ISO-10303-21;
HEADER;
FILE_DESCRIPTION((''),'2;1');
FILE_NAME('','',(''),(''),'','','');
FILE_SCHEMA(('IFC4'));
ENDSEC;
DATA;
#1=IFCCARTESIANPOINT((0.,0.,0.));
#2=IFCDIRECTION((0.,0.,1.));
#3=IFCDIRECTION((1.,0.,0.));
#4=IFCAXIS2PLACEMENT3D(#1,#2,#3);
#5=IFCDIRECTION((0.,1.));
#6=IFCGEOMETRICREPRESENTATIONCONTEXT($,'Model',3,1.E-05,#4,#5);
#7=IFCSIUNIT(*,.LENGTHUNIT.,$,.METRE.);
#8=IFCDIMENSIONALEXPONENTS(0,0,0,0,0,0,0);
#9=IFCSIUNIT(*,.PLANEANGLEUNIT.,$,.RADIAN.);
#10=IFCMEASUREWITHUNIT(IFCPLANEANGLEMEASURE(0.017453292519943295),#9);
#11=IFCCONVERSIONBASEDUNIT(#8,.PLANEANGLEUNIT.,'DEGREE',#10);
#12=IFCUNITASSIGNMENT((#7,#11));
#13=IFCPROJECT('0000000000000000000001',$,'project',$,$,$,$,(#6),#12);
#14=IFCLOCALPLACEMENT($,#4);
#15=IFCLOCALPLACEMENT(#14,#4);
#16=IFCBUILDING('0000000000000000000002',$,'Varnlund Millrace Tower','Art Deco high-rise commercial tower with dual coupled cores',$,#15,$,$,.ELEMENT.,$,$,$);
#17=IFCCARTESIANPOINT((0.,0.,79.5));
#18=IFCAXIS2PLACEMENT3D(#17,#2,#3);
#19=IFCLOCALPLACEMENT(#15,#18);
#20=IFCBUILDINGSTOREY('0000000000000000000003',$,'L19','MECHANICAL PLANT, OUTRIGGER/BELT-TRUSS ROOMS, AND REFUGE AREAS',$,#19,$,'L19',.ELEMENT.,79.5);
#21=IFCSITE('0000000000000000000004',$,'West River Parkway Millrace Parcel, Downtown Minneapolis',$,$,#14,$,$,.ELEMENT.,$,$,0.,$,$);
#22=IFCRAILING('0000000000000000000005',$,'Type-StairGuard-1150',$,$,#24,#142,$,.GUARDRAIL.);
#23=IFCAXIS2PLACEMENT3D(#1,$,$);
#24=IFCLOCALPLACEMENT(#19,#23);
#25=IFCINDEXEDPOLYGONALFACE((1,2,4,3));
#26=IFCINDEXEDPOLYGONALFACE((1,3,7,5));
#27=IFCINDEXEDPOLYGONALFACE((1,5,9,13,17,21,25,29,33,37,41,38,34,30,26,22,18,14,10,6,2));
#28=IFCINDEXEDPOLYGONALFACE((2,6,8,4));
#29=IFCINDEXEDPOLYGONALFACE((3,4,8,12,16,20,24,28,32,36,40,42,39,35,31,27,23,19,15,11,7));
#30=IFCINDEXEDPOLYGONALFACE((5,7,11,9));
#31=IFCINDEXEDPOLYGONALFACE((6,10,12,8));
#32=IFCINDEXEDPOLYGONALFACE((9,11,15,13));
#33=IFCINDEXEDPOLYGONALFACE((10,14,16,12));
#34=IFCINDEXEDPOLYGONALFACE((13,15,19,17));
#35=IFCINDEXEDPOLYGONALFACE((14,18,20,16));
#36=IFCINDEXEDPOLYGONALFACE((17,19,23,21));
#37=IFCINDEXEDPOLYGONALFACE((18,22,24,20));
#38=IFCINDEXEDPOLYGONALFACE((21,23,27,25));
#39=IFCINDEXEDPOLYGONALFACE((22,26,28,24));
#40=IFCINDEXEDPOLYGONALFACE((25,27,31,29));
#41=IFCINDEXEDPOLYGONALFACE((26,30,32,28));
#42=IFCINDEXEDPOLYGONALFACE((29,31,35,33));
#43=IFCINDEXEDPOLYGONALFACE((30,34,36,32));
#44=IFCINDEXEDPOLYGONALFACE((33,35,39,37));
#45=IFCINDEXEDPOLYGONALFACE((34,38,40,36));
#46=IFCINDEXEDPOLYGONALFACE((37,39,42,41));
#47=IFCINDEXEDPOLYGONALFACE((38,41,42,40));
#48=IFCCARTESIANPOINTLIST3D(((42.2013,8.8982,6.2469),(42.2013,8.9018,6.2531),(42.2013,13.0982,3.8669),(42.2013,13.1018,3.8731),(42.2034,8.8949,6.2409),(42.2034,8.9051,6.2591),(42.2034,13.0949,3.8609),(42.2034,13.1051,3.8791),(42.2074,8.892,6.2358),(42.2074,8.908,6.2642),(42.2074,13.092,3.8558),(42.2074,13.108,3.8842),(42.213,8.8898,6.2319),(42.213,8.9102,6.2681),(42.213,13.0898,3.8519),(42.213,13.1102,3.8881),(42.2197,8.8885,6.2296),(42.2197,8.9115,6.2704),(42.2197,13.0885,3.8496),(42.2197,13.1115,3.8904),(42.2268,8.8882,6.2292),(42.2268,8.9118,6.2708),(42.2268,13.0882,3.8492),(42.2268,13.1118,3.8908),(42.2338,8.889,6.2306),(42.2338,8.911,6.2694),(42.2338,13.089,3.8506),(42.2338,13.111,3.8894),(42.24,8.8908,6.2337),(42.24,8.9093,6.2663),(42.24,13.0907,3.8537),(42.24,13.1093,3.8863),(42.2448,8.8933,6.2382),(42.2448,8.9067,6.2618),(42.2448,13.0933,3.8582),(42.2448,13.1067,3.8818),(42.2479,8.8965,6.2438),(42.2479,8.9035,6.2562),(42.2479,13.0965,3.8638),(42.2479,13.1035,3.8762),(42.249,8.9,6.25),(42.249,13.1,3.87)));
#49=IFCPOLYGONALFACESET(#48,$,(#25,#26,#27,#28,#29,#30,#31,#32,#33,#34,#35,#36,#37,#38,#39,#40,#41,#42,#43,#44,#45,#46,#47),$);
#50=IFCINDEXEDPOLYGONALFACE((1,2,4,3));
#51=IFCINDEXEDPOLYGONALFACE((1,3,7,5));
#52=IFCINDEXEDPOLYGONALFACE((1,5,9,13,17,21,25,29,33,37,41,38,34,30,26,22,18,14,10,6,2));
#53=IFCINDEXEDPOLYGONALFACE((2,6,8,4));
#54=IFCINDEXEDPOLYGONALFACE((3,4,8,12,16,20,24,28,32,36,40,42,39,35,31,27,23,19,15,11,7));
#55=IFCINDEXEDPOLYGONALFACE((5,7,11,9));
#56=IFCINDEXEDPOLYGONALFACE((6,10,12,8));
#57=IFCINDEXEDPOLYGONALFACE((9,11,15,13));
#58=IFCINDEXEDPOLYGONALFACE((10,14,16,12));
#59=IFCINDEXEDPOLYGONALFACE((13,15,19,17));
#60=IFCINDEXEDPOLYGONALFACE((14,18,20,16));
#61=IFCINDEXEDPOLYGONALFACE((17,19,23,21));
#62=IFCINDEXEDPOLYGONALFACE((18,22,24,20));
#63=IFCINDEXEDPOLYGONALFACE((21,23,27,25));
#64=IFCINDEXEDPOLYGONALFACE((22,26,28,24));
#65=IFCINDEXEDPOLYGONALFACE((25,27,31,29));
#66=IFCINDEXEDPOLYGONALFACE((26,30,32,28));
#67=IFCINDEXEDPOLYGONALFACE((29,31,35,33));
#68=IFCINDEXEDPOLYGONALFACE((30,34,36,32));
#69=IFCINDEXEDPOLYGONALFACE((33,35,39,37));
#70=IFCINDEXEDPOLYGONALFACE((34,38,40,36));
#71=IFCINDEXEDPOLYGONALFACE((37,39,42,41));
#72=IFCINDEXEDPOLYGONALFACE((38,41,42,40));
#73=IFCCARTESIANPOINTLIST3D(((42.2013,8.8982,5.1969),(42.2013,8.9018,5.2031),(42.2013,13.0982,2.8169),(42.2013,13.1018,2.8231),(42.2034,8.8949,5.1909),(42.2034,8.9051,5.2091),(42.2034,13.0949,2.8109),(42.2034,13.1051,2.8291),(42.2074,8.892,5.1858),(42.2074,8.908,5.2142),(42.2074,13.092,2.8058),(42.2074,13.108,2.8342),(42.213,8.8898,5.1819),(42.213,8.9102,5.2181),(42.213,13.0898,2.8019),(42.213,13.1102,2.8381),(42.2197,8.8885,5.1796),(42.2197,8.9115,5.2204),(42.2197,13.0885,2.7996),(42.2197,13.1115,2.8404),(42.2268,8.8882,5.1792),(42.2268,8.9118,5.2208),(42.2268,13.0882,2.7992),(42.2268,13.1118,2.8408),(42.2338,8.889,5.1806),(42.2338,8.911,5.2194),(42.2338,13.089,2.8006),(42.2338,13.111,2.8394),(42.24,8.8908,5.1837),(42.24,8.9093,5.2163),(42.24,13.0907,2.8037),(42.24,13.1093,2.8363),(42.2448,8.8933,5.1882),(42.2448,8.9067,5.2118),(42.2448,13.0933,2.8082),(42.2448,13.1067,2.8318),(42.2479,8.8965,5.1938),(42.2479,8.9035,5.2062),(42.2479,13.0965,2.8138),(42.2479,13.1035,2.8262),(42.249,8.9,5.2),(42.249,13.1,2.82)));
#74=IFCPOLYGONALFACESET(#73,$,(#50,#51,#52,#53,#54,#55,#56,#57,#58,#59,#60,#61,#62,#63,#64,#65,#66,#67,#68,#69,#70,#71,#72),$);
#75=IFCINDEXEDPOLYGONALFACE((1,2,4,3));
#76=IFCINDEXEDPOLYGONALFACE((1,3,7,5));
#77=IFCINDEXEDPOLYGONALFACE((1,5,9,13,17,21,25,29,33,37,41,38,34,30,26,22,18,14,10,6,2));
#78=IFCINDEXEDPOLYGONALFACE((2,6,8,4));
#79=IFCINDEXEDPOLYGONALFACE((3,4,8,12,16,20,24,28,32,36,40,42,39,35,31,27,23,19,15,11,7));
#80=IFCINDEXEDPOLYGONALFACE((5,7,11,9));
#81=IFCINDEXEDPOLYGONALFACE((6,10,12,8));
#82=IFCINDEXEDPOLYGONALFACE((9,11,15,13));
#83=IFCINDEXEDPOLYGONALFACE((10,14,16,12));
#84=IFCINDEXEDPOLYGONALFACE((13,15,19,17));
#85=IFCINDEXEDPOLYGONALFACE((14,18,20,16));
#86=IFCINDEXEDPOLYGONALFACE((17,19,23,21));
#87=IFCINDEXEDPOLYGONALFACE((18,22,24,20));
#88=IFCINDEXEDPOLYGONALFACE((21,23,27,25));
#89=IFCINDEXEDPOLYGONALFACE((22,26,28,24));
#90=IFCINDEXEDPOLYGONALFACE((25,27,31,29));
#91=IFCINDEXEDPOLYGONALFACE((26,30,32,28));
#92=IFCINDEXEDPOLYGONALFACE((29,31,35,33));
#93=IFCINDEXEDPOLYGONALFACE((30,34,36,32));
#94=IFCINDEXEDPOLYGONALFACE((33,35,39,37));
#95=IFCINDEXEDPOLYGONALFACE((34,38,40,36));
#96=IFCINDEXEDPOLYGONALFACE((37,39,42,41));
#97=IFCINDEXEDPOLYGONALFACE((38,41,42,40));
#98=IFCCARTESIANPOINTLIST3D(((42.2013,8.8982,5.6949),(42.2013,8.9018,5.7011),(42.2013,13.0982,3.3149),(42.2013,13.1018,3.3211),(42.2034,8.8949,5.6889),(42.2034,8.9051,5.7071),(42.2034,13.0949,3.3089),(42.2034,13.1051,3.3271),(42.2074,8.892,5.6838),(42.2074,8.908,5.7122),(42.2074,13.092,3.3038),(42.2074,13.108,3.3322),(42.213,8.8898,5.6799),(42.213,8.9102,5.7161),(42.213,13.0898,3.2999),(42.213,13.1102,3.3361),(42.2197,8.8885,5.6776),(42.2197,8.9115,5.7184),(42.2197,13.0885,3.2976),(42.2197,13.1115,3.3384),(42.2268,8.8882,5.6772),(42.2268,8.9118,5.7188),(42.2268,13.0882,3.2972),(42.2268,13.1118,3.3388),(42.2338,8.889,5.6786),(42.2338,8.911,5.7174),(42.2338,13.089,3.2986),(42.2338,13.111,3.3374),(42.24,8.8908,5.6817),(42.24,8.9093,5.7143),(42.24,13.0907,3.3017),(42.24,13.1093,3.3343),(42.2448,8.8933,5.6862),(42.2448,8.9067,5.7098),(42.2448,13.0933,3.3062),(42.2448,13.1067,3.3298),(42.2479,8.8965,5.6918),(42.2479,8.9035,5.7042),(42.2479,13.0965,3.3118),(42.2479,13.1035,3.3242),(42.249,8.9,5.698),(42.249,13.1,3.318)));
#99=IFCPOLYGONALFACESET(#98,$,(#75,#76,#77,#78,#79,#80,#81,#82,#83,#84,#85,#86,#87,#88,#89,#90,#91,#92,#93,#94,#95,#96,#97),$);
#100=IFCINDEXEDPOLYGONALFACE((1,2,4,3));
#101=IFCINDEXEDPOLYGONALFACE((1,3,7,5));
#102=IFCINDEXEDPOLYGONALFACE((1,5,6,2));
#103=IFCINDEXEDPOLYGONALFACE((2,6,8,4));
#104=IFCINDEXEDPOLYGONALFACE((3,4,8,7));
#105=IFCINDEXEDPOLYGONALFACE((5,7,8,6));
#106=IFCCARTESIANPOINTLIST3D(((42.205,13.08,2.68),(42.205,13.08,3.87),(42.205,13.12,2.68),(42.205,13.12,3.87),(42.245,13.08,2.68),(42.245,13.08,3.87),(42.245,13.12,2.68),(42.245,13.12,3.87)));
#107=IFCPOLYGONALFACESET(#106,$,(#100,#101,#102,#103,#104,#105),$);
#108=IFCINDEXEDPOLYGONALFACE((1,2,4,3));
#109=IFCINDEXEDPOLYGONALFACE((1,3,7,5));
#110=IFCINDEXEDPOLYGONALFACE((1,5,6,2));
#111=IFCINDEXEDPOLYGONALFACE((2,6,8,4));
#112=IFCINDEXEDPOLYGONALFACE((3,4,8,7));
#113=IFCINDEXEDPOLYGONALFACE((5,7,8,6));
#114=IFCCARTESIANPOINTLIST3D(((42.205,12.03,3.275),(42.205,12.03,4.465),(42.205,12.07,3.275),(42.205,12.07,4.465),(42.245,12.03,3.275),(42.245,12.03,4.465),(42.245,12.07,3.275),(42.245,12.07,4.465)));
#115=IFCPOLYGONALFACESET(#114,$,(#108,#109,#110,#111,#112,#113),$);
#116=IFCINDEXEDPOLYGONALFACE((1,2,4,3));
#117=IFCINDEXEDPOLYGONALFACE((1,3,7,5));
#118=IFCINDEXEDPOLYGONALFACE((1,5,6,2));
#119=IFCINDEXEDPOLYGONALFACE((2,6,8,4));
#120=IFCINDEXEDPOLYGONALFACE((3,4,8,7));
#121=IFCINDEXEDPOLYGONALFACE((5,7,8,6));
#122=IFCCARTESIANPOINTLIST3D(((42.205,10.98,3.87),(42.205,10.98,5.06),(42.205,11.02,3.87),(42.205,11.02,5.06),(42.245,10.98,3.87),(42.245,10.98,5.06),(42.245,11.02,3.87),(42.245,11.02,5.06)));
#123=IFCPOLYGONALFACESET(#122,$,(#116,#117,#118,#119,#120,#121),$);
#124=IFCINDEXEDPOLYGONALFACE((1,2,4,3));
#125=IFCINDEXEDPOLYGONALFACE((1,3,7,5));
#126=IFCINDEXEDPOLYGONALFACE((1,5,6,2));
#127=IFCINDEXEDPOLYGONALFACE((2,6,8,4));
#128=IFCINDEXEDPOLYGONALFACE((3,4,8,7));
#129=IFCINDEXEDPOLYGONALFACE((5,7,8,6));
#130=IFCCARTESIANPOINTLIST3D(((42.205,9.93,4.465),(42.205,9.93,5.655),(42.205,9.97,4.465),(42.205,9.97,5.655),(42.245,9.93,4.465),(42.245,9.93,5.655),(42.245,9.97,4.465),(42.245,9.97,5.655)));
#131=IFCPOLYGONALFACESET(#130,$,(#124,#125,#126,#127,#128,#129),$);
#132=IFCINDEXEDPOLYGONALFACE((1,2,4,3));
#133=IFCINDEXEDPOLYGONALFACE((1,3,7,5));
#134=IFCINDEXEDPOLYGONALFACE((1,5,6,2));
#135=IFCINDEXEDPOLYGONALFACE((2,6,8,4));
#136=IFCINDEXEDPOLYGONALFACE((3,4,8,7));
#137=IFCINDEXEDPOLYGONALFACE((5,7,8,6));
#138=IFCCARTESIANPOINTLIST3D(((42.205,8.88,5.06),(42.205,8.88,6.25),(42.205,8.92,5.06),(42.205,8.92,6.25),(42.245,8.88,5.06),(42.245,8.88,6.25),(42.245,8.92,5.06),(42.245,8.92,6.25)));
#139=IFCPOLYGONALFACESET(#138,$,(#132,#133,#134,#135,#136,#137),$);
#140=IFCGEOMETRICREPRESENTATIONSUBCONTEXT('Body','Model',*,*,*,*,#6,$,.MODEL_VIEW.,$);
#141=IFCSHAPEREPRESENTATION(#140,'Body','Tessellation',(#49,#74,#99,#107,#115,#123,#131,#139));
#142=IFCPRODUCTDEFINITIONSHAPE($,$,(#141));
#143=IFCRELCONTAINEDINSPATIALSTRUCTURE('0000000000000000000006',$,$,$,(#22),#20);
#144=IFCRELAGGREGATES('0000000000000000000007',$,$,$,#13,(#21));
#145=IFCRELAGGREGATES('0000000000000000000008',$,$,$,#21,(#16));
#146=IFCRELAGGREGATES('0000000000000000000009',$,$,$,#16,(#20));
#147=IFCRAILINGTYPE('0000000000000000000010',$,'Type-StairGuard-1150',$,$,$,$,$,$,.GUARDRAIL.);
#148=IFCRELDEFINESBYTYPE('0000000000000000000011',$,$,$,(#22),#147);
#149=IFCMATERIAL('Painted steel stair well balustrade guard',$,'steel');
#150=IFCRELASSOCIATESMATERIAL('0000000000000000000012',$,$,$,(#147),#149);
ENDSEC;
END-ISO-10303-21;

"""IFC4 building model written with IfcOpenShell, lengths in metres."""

from ifc_helpers import new_model, entity, si_unit, converted_unit, direction, frame, origin_with_axes, origin_2d_with_axis, place, context, subcontext, project, spatial, rectangle, circle, extrude, material, type_object, element, save


model = new_model("IFC4")

# Units and contexts
model_context = context("Model", 3, precision=1e-05, world=origin_with_axes(), true_north=direction((0.0, 1.0)))
body_context = subcontext(model_context, "Body", "Model", "MODEL_VIEW")
ifc_project = project(units=[si_unit("LENGTHUNIT", "METRE"), converted_unit("PLANEANGLEUNIT", "DEGREE", entity("IfcPlaneAngleMeasure", 0.017453292519943295), si_unit("PLANEANGLEUNIT", "RADIAN"), dimensions=[0, 0, 0, 0, 0, 0, 0])], contexts=[model_context])

# Site, building, storey
site_placement = place(None, origin_with_axes())
site = spatial("IfcSite", under=ifc_project, at=site_placement, Name="West River Parkway Millrace Parcel, Downtown Minneapolis", CompositionType="ELEMENT", RefElevation=0.0)
building_placement = place(site_placement, origin_with_axes())
building = spatial("IfcBuilding", under=site, at=building_placement, Name="Varnlund Millrace Tower", Description="Art Deco high-rise commercial tower with dual coupled cores", CompositionType="ELEMENT")
storey_placement = place(building_placement, frame((0.0, 0.0, 79.5), z_axis=(0.0, 0.0, 1.0), x_axis=(1.0, 0.0, 0.0)))
storey = spatial("IfcBuildingStorey", under=building, at=storey_placement, Name="L19", Description="MECHANICAL PLANT, OUTRIGGER/BELT-TRUSS ROOMS, AND REFUGE AREAS", LongName="L19", CompositionType="ELEMENT", Elevation=79.5)

# Railing
ifc_material_1 = material(Name="Painted steel stair well balustrade guard", Category="steel")
railing_type_1 = type_object("IfcRailingType", Name="Type-StairGuard-1150", PredefinedType="GUARDRAIL", material=ifc_material_1)
railing_1_placement = place(storey_placement, frame((0.0, 0.0, -79.5), z_axis=(0.0, 0.0, 1.0), x_axis=(1.0, 0.0, 0.0)))
element("IfcRailing", 1, at=railing_1_placement, inside=storey, type_object=railing_type_1, Name="Type-StairGuard-1150", PredefinedType="GUARDRAIL", context=body_context, shape_type="SweptSolid", body=[
    extrude(circle(Radius=0.024, at=origin_2d_with_axis()), frame((42.225, 13.1, 83.37), z_axis=(0.0, -0.870022, 0.493013), x_axis=(1.0, 0.0, 0.0)), (0.0, 0.0, 1.0), 4.8275),
    extrude(circle(Radius=0.024, at=origin_2d_with_axis()), frame((42.225, 13.1, 82.32), z_axis=(0.0, -0.870022, 0.493013), x_axis=(1.0, 0.0, 0.0)), (0.0, 0.0, 1.0), 4.8275),
    extrude(circle(Radius=0.024, at=origin_2d_with_axis()), frame((42.225, 13.1, 82.818), z_axis=(0.0, -0.870022, 0.493013), x_axis=(1.0, 0.0, 0.0)), (0.0, 0.0, 1.0), 4.8275),
    extrude(rectangle(XDim=0.04, YDim=0.04, at=origin_2d_with_axis()), frame((42.225, 13.1, 82.18), z_axis=(0.0, 0.0, 1.0), x_axis=(1.0, 0.0, 0.0)), (0.0, 0.0, 1.0), 1.19),
    extrude(rectangle(XDim=0.04, YDim=0.04, at=origin_2d_with_axis()), frame((42.225, 12.05, 82.775), z_axis=(0.0, 0.0, 1.0), x_axis=(1.0, 0.0, 0.0)), (0.0, 0.0, 1.0), 1.19),
    extrude(rectangle(XDim=0.04, YDim=0.04, at=origin_2d_with_axis()), frame((42.225, 11.0, 83.37), z_axis=(0.0, 0.0, 1.0), x_axis=(1.0, 0.0, 0.0)), (0.0, 0.0, 1.0), 1.19),
    extrude(rectangle(XDim=0.04, YDim=0.04, at=origin_2d_with_axis()), frame((42.225, 9.95, 83.965), z_axis=(0.0, 0.0, 1.0), x_axis=(1.0, 0.0, 0.0)), (0.0, 0.0, 1.0), 1.19),
    extrude(rectangle(XDim=0.04, YDim=0.04, at=origin_2d_with_axis()), frame((42.225, 8.9, 84.56), z_axis=(0.0, 0.0, 1.0), x_axis=(1.0, 0.0, 0.0)), (0.0, 0.0, 1.0), 1.19),
])

save(model, "model.ifc")
